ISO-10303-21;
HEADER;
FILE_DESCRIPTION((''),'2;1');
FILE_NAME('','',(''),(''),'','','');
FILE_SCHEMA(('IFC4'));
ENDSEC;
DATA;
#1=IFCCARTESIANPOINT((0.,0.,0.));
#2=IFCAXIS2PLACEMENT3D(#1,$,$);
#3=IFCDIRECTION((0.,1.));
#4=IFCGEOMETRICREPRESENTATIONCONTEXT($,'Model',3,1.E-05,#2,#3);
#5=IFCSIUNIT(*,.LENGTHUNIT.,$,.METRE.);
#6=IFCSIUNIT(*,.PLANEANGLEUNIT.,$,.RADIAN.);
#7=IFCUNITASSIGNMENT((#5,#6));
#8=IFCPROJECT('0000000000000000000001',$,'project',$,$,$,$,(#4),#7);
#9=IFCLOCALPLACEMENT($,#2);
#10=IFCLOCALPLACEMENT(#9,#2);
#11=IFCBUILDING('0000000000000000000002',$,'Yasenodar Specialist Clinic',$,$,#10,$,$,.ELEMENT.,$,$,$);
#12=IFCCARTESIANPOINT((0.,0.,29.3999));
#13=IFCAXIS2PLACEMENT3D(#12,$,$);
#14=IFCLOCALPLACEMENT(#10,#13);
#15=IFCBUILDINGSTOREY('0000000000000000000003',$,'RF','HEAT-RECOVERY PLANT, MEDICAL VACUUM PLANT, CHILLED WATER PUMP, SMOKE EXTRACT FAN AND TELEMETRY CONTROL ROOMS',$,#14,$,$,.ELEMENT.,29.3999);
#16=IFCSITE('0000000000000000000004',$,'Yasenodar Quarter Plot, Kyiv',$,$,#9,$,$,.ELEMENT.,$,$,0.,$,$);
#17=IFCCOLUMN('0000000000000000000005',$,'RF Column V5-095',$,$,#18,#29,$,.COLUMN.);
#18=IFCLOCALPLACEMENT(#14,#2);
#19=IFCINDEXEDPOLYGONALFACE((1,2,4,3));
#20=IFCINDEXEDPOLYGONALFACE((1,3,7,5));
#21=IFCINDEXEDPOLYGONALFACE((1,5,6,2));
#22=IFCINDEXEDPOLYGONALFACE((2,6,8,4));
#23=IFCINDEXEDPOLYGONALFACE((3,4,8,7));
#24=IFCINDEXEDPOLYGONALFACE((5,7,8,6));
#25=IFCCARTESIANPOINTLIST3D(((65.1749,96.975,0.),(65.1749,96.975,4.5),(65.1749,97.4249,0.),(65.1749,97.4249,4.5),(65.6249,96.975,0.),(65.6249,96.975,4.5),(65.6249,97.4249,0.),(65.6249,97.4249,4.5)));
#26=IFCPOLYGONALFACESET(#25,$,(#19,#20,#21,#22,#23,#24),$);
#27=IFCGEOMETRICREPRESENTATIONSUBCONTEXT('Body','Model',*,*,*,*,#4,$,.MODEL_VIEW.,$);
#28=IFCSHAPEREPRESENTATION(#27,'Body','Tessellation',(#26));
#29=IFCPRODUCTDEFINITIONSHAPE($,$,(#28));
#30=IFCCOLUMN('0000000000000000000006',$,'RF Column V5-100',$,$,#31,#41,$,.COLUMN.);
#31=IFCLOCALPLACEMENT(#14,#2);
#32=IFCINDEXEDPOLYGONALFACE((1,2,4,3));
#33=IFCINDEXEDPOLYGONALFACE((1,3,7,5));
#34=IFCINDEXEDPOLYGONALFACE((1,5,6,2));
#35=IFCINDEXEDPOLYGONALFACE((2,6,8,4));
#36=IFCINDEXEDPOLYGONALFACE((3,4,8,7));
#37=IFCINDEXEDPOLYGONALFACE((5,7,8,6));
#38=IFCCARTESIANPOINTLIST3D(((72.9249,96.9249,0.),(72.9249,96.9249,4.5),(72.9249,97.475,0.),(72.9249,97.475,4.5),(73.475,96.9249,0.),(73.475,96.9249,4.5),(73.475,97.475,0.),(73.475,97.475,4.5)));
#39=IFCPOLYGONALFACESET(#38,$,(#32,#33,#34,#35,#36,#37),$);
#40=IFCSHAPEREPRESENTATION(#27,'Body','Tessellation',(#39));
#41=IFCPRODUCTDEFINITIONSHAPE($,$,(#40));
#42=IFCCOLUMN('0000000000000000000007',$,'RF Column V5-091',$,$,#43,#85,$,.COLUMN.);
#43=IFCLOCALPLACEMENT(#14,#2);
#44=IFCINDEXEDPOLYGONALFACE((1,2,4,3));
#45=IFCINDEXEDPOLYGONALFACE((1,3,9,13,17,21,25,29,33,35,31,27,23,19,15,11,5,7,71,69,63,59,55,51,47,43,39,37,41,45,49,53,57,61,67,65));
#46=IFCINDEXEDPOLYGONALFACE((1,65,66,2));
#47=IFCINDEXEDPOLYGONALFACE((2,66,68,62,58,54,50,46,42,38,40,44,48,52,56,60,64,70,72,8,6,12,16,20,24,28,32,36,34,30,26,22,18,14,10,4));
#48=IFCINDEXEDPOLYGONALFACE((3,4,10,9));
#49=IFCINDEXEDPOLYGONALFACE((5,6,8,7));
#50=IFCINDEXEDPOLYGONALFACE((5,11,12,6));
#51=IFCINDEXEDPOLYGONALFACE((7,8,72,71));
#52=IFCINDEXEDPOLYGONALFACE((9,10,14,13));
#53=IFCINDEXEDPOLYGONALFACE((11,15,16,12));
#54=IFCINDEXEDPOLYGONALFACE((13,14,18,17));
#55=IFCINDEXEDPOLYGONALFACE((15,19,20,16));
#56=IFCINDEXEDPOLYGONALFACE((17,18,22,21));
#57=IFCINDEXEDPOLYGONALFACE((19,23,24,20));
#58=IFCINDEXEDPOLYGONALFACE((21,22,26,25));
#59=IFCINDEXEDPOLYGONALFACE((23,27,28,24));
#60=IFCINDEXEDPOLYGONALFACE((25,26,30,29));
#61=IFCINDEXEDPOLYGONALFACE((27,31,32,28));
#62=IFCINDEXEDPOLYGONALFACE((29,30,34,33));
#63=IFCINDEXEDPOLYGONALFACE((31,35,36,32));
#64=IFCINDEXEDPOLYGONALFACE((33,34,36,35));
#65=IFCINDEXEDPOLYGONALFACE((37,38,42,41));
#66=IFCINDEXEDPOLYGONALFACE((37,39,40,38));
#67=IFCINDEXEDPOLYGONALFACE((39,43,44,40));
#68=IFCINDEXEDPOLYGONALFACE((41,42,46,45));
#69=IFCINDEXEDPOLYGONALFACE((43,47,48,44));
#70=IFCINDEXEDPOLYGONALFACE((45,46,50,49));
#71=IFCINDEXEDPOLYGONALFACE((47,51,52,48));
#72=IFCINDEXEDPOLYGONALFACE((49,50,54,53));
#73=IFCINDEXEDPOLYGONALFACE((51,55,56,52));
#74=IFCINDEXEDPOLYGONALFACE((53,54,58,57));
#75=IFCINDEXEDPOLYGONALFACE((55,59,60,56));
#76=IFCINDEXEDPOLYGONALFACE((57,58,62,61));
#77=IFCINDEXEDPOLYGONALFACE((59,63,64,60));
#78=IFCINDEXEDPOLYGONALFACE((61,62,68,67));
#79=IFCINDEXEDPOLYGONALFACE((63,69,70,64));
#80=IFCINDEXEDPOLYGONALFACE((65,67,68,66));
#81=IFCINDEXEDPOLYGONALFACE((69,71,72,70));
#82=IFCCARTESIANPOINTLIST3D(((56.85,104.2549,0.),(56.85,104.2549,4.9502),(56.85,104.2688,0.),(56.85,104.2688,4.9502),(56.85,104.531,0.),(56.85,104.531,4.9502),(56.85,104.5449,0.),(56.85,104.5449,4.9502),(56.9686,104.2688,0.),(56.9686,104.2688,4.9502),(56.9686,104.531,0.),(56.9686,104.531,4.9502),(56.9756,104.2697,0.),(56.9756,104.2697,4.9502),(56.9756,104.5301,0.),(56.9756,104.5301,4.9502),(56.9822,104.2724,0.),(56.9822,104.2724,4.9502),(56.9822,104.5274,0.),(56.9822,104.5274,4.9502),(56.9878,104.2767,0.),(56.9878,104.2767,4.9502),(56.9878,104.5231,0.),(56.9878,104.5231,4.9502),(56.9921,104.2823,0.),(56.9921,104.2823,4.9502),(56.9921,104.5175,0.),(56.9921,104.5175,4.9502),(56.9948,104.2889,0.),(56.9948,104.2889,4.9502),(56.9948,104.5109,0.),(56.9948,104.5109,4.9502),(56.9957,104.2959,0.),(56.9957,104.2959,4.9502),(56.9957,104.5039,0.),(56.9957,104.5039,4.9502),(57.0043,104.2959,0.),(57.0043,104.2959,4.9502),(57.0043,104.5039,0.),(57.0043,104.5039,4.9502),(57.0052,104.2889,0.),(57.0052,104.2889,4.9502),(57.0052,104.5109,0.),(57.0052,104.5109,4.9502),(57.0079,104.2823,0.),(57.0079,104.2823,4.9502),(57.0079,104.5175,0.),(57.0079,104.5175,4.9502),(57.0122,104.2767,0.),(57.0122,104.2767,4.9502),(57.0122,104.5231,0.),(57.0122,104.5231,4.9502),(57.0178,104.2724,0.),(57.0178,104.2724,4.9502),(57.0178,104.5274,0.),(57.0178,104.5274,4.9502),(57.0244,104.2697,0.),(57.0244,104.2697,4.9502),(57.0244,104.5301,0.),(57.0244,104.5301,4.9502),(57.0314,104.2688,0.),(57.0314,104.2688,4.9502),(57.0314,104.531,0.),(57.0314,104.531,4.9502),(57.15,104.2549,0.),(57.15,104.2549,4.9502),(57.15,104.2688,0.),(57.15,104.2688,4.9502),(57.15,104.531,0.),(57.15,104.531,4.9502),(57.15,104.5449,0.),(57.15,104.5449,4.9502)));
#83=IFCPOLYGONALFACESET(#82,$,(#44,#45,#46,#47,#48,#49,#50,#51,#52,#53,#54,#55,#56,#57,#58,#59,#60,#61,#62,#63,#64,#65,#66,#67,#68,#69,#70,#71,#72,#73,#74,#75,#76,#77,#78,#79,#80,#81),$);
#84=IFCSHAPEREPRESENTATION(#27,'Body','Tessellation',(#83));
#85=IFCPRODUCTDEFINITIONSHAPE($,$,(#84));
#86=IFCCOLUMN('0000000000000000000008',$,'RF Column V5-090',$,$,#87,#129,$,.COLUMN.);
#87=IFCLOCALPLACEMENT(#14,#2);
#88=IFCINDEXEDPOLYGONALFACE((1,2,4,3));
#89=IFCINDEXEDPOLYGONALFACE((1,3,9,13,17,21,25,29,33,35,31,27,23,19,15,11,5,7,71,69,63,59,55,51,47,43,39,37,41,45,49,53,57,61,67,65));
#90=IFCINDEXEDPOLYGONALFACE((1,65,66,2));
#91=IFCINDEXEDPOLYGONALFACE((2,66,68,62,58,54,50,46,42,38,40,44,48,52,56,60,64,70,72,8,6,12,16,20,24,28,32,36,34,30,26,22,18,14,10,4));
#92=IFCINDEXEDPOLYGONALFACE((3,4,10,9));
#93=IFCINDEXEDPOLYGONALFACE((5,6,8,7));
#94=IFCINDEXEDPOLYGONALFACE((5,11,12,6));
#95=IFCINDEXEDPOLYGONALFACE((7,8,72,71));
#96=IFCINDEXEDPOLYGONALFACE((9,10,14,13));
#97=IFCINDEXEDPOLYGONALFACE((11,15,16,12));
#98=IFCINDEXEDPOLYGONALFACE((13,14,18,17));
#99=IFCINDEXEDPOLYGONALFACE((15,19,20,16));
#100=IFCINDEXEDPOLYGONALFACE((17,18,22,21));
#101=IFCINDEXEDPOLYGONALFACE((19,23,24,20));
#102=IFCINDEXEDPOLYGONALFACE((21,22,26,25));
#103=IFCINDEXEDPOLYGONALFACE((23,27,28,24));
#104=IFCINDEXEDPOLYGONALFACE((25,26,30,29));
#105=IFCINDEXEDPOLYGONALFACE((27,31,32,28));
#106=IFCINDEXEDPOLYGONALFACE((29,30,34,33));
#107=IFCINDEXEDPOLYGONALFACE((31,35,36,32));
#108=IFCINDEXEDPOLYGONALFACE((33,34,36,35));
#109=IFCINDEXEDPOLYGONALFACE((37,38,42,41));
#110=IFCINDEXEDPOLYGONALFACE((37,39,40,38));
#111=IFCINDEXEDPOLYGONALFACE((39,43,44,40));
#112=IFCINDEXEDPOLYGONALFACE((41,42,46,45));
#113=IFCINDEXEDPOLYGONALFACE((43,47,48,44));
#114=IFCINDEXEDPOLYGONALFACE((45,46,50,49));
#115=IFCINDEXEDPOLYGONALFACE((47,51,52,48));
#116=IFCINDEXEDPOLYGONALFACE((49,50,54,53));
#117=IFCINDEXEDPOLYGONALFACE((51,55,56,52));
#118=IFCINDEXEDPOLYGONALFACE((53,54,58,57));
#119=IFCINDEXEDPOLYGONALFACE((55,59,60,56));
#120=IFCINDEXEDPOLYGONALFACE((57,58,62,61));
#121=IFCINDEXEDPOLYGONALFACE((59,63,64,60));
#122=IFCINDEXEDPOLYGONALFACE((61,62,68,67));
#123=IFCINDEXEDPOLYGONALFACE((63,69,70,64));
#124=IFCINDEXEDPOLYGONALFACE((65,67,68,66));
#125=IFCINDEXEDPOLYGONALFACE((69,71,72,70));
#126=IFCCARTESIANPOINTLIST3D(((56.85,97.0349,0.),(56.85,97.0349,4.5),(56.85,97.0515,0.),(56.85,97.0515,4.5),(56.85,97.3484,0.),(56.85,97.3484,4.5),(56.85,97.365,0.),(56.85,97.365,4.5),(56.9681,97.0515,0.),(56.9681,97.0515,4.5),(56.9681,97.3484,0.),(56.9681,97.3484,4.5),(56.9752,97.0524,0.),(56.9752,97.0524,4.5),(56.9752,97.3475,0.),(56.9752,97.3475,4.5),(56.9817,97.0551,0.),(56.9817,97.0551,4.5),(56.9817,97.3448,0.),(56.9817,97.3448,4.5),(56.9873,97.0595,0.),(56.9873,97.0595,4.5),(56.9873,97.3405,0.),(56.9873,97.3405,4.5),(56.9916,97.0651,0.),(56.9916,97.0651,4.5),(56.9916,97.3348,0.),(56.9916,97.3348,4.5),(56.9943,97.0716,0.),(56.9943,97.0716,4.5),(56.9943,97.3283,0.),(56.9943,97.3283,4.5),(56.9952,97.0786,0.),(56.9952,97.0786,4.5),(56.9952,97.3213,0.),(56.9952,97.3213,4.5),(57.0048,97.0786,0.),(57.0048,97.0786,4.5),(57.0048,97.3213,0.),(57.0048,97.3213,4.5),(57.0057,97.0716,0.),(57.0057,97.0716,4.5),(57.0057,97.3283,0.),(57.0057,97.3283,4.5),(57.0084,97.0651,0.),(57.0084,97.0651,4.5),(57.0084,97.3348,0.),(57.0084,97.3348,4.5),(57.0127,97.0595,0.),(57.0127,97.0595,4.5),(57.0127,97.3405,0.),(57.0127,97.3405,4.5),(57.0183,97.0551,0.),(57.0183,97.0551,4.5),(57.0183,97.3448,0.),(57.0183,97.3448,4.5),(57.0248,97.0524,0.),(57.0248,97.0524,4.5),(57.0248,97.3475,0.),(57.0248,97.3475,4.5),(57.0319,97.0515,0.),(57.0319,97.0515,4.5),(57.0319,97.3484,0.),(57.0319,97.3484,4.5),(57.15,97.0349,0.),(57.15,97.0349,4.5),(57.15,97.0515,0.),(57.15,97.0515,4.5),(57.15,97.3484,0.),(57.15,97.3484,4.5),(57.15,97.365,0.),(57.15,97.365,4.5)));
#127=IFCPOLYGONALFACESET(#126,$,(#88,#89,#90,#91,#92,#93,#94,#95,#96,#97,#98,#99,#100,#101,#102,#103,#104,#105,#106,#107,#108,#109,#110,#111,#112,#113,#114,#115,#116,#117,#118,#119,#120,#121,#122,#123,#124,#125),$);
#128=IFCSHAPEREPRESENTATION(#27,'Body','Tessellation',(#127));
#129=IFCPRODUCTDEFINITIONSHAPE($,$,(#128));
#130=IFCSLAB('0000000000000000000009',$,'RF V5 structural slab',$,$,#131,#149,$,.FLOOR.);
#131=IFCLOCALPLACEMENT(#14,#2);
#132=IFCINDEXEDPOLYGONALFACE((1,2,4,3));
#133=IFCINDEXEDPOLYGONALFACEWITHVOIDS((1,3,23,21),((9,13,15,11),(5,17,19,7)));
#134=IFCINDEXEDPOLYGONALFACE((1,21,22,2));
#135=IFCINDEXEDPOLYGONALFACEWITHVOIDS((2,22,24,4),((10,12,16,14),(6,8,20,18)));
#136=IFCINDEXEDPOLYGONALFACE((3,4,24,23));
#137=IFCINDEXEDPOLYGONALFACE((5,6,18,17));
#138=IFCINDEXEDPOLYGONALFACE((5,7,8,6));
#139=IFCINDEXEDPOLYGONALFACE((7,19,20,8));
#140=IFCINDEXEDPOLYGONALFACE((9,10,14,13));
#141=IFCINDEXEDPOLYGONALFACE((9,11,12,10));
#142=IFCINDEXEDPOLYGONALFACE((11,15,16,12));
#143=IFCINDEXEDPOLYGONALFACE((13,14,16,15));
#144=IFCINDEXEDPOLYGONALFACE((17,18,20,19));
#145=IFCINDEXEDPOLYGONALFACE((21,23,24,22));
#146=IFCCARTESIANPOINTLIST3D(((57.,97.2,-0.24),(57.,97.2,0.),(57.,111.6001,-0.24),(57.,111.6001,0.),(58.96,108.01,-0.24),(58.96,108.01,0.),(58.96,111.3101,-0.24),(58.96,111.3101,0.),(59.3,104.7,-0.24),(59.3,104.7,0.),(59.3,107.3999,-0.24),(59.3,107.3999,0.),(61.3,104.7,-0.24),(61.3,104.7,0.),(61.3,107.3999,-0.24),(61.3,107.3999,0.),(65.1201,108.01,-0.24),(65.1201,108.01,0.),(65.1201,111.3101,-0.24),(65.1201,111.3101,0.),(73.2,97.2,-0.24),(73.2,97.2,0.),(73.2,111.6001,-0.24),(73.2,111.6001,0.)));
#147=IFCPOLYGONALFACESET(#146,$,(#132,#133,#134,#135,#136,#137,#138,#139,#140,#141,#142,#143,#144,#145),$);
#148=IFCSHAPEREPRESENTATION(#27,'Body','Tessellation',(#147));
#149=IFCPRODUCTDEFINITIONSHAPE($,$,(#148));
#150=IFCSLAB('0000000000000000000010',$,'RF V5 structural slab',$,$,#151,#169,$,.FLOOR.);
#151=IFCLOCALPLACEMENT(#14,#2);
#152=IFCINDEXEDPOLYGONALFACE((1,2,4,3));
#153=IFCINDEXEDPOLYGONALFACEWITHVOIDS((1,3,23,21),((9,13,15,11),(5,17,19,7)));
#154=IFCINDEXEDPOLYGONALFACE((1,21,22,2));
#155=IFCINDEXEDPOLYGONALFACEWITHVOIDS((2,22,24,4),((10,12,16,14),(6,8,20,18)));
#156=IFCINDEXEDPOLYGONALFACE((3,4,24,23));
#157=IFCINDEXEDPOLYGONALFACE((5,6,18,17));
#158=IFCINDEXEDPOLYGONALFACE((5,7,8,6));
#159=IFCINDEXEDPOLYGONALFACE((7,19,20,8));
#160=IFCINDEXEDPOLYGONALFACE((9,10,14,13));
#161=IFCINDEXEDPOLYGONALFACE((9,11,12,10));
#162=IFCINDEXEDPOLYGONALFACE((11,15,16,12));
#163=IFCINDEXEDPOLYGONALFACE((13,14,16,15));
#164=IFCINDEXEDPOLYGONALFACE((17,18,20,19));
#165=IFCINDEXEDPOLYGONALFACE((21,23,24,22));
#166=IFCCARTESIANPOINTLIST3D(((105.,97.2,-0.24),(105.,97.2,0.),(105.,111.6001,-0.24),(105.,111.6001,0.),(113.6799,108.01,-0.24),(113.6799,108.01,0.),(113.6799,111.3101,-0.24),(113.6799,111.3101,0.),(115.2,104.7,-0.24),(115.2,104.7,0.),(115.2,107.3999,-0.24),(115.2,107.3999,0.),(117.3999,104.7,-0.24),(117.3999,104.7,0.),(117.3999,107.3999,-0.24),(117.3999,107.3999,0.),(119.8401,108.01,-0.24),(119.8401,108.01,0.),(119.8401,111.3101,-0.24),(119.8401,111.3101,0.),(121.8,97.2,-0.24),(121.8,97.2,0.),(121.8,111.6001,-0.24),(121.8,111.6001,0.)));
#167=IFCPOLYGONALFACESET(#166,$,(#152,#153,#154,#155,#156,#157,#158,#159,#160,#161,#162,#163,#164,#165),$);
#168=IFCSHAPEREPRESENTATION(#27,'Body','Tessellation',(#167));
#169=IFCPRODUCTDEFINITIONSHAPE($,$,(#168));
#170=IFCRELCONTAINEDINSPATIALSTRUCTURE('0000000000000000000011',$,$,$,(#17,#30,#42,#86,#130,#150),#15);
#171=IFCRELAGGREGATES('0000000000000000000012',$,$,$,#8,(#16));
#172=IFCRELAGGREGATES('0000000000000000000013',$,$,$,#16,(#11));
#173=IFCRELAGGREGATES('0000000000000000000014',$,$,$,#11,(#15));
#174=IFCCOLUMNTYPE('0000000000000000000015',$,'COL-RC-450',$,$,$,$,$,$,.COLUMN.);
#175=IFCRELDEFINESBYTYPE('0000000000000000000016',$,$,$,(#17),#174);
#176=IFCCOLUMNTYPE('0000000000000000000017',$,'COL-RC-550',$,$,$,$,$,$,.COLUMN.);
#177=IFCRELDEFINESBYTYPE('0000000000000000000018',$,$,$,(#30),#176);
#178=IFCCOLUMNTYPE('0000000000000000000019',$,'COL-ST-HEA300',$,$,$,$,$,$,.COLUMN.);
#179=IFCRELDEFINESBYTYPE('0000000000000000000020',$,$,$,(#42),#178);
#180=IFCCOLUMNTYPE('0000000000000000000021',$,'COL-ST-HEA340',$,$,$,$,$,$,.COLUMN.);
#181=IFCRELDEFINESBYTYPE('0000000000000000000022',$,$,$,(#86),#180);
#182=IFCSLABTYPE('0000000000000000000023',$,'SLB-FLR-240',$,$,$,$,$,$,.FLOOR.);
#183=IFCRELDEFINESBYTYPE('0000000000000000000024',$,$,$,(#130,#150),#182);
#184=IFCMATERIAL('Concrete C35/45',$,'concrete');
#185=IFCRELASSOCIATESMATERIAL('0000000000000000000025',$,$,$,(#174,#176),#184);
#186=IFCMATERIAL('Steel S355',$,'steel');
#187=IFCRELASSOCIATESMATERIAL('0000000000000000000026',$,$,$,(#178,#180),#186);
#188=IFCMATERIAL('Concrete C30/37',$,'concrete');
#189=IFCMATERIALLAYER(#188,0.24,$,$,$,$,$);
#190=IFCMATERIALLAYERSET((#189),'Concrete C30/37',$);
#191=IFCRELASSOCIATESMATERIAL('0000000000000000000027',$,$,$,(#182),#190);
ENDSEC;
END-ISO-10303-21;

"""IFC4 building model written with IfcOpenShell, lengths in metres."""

from ifc_helpers import new_model, si_unit, direction, frame, origin, origin_2d, place, context, subcontext, project, spatial, polyline, rectangle, i_section, outline, extrude, material, layer, layer_set, material_profile, profile_set, type_object, element, save


model = new_model("IFC4")

# Units and contexts
model_context = context("Model", 3, precision=1e-05, world=origin(), true_north=direction((0.0, 1.0)))
body_context = subcontext(model_context, "Body", "Model", "MODEL_VIEW")
ifc_project = project(units=[si_unit("LENGTHUNIT", "METRE"), si_unit("PLANEANGLEUNIT", "RADIAN")], contexts=[model_context])

# Site, building, storey
site_placement = place(None, origin())
site = spatial("IfcSite", under=ifc_project, at=site_placement, Name="Yasenodar Quarter Plot, Kyiv", CompositionType="ELEMENT", RefElevation=0.0)
building_placement = place(site_placement, origin())
building = spatial("IfcBuilding", under=site, at=building_placement, Name="Yasenodar Specialist Clinic", CompositionType="ELEMENT")
storey_placement = place(building_placement, frame((0.0, 0.0, 29.3999)))
storey = spatial("IfcBuildingStorey", under=building, at=storey_placement, Name="RF", Description="HEAT-RECOVERY PLANT, MEDICAL VACUUM PLANT, CHILLED WATER PUMP, SMOKE EXTRACT FAN AND TELEMETRY CONTROL ROOMS", CompositionType="ELEMENT", Elevation=29.3999)

# Columns
ifc_material_1 = material(Name="Concrete C35/45", Category="concrete")
ifc_material_profile_1 = material_profile(ifc_material_1, rectangle(XDim=0.45, YDim=0.45, at=origin_2d()), Name="RC 450x450")
ifc_profile_set_1 = profile_set([ifc_material_profile_1], Name="Concrete C35/45")
column_type_1 = type_object("IfcColumnType", Name="COL-RC-450", PredefinedType="COLUMN", material=ifc_profile_set_1)
column_1_placement = place(storey_placement, frame((65.3999, 97.2, 0.0), z_axis=(0.0, 0.0, 1.0), x_axis=(1.0, 0.0, 0.0)))
element("IfcColumn", 1, at=column_1_placement, inside=storey, type_object=column_type_1, Name="RF Column V5-095", PredefinedType="COLUMN", context=body_context, shape_type="SweptSolid", body=[
    extrude(rectangle(XDim=0.45, YDim=0.45, at=origin_2d()), origin(), (0.0, 0.0, 1.0), 4.5),
])
ifc_material_profile_2 = material_profile(ifc_material_1, rectangle(XDim=0.55, YDim=0.55, at=origin_2d()), Name="RC 550x550")
ifc_profile_set_2 = profile_set([ifc_material_profile_2], Name="Concrete C35/45")
column_type_2 = type_object("IfcColumnType", Name="COL-RC-550", PredefinedType="COLUMN", material=ifc_profile_set_2)
column_2_placement = place(storey_placement, frame((73.2, 97.2, 0.0), z_axis=(0.0, 0.0, 1.0), x_axis=(1.0, 0.0, 0.0)))
element("IfcColumn", 2, at=column_2_placement, inside=storey, type_object=column_type_2, Name="RF Column V5-100", PredefinedType="COLUMN", context=body_context, shape_type="SweptSolid", body=[
    extrude(rectangle(XDim=0.55, YDim=0.55, at=origin_2d()), origin(), (0.0, 0.0, 1.0), 4.5),
])
ifc_material_2 = material(Name="Steel S355", Category="steel")
ifc_material_profile_3 = material_profile(ifc_material_2, i_section(OverallWidth=0.3, OverallDepth=0.29, WebThickness=0.0085, FlangeThickness=0.0139, FilletRadius=0.0271, at=origin_2d()), Name="HEA 300")
ifc_profile_set_3 = profile_set([ifc_material_profile_3], Name="Steel S355")
column_type_3 = type_object("IfcColumnType", Name="COL-ST-HEA300", PredefinedType="COLUMN", material=ifc_profile_set_3)
column_3_placement = place(storey_placement, frame((57.0, 104.3999, 0.0), z_axis=(0.0, 0.0, 1.0), x_axis=(1.0, 0.0, 0.0)))
element("IfcColumn", 3, at=column_3_placement, inside=storey, type_object=column_type_3, Name="RF Column V5-091", PredefinedType="COLUMN", context=body_context, shape_type="SweptSolid", body=[
    extrude(i_section(OverallWidth=0.3, OverallDepth=0.29, WebThickness=0.0085, FlangeThickness=0.0139, FilletRadius=0.0271, at=origin_2d()), origin(), (0.0, 0.0, 1.0), 4.9502),
])
ifc_material_profile_4 = material_profile(ifc_material_2, i_section(OverallWidth=0.3, OverallDepth=0.3301, WebThickness=0.0095, FlangeThickness=0.0166, FilletRadius=0.0271, at=origin_2d()), Name="HEA 340")
ifc_profile_set_4 = profile_set([ifc_material_profile_4], Name="Steel S355")
column_type_4 = type_object("IfcColumnType", Name="COL-ST-HEA340", PredefinedType="COLUMN", material=ifc_profile_set_4)
column_4_placement = place(storey_placement, frame((57.0, 97.2, 0.0), z_axis=(0.0, 0.0, 1.0), x_axis=(1.0, 0.0, 0.0)))
element("IfcColumn", 4, at=column_4_placement, inside=storey, type_object=column_type_4, Name="RF Column V5-090", PredefinedType="COLUMN", context=body_context, shape_type="SweptSolid", body=[
    extrude(i_section(OverallWidth=0.3, OverallDepth=0.3301, WebThickness=0.0095, FlangeThickness=0.0166, FilletRadius=0.0271, at=origin_2d()), origin(), (0.0, 0.0, 1.0), 4.5),
])

# Slabs
ifc_material_3 = material(Name="Concrete C30/37", Category="concrete")
ifc_layer_1 = layer(ifc_material_3, 0.24)
ifc_layer_set_1 = layer_set([ifc_layer_1], Name="Concrete C30/37")
slab_type_1 = type_object("IfcSlabType", Name="SLB-FLR-240", PredefinedType="FLOOR", material=ifc_layer_set_1)
slab_1_placement = place(storey_placement, frame((0.0, 0.0, -0.24)))
element("IfcSlab", 5, at=slab_1_placement, inside=storey, type_object=slab_type_1, Name="RF V5 structural slab", PredefinedType="FLOOR", context=body_context, shape_type="SweptSolid", body=[
    extrude(outline(polyline([(57.0, 97.2), (73.2, 97.2), (73.2, 111.6001), (57.0, 111.6001), (57.0, 97.2)]), holes=[polyline([(58.96, 108.01), (65.1201, 108.01), (65.1201, 111.3101), (58.96, 111.3101), (58.96, 108.01)]), polyline([(59.3, 104.7), (61.3, 104.7), (61.3, 107.3999), (59.3, 107.3999), (59.3, 104.7)])]), origin(), (0.0, 0.0, 1.0), 0.24),
])
slab_2_placement = place(storey_placement, frame((0.0, 0.0, -0.24)))
element("IfcSlab", 6, at=slab_2_placement, inside=storey, type_object=slab_type_1, Name="RF V5 structural slab", PredefinedType="FLOOR", context=body_context, shape_type="SweptSolid", body=[
    extrude(outline(polyline([(105.0, 111.6001), (121.8, 111.6001), (121.8, 97.2), (105.0, 97.2), (105.0, 111.6001)]), holes=[polyline([(119.8401, 108.01), (119.8401, 111.3101), (113.6799, 111.3101), (113.6799, 108.01), (119.8401, 108.01)]), polyline([(117.3999, 104.7), (117.3999, 107.3999), (115.2, 107.3999), (115.2, 104.7), (117.3999, 104.7)])]), origin(), (0.0, 0.0, 1.0), 0.24),
])

save(model, "model.ifc")
